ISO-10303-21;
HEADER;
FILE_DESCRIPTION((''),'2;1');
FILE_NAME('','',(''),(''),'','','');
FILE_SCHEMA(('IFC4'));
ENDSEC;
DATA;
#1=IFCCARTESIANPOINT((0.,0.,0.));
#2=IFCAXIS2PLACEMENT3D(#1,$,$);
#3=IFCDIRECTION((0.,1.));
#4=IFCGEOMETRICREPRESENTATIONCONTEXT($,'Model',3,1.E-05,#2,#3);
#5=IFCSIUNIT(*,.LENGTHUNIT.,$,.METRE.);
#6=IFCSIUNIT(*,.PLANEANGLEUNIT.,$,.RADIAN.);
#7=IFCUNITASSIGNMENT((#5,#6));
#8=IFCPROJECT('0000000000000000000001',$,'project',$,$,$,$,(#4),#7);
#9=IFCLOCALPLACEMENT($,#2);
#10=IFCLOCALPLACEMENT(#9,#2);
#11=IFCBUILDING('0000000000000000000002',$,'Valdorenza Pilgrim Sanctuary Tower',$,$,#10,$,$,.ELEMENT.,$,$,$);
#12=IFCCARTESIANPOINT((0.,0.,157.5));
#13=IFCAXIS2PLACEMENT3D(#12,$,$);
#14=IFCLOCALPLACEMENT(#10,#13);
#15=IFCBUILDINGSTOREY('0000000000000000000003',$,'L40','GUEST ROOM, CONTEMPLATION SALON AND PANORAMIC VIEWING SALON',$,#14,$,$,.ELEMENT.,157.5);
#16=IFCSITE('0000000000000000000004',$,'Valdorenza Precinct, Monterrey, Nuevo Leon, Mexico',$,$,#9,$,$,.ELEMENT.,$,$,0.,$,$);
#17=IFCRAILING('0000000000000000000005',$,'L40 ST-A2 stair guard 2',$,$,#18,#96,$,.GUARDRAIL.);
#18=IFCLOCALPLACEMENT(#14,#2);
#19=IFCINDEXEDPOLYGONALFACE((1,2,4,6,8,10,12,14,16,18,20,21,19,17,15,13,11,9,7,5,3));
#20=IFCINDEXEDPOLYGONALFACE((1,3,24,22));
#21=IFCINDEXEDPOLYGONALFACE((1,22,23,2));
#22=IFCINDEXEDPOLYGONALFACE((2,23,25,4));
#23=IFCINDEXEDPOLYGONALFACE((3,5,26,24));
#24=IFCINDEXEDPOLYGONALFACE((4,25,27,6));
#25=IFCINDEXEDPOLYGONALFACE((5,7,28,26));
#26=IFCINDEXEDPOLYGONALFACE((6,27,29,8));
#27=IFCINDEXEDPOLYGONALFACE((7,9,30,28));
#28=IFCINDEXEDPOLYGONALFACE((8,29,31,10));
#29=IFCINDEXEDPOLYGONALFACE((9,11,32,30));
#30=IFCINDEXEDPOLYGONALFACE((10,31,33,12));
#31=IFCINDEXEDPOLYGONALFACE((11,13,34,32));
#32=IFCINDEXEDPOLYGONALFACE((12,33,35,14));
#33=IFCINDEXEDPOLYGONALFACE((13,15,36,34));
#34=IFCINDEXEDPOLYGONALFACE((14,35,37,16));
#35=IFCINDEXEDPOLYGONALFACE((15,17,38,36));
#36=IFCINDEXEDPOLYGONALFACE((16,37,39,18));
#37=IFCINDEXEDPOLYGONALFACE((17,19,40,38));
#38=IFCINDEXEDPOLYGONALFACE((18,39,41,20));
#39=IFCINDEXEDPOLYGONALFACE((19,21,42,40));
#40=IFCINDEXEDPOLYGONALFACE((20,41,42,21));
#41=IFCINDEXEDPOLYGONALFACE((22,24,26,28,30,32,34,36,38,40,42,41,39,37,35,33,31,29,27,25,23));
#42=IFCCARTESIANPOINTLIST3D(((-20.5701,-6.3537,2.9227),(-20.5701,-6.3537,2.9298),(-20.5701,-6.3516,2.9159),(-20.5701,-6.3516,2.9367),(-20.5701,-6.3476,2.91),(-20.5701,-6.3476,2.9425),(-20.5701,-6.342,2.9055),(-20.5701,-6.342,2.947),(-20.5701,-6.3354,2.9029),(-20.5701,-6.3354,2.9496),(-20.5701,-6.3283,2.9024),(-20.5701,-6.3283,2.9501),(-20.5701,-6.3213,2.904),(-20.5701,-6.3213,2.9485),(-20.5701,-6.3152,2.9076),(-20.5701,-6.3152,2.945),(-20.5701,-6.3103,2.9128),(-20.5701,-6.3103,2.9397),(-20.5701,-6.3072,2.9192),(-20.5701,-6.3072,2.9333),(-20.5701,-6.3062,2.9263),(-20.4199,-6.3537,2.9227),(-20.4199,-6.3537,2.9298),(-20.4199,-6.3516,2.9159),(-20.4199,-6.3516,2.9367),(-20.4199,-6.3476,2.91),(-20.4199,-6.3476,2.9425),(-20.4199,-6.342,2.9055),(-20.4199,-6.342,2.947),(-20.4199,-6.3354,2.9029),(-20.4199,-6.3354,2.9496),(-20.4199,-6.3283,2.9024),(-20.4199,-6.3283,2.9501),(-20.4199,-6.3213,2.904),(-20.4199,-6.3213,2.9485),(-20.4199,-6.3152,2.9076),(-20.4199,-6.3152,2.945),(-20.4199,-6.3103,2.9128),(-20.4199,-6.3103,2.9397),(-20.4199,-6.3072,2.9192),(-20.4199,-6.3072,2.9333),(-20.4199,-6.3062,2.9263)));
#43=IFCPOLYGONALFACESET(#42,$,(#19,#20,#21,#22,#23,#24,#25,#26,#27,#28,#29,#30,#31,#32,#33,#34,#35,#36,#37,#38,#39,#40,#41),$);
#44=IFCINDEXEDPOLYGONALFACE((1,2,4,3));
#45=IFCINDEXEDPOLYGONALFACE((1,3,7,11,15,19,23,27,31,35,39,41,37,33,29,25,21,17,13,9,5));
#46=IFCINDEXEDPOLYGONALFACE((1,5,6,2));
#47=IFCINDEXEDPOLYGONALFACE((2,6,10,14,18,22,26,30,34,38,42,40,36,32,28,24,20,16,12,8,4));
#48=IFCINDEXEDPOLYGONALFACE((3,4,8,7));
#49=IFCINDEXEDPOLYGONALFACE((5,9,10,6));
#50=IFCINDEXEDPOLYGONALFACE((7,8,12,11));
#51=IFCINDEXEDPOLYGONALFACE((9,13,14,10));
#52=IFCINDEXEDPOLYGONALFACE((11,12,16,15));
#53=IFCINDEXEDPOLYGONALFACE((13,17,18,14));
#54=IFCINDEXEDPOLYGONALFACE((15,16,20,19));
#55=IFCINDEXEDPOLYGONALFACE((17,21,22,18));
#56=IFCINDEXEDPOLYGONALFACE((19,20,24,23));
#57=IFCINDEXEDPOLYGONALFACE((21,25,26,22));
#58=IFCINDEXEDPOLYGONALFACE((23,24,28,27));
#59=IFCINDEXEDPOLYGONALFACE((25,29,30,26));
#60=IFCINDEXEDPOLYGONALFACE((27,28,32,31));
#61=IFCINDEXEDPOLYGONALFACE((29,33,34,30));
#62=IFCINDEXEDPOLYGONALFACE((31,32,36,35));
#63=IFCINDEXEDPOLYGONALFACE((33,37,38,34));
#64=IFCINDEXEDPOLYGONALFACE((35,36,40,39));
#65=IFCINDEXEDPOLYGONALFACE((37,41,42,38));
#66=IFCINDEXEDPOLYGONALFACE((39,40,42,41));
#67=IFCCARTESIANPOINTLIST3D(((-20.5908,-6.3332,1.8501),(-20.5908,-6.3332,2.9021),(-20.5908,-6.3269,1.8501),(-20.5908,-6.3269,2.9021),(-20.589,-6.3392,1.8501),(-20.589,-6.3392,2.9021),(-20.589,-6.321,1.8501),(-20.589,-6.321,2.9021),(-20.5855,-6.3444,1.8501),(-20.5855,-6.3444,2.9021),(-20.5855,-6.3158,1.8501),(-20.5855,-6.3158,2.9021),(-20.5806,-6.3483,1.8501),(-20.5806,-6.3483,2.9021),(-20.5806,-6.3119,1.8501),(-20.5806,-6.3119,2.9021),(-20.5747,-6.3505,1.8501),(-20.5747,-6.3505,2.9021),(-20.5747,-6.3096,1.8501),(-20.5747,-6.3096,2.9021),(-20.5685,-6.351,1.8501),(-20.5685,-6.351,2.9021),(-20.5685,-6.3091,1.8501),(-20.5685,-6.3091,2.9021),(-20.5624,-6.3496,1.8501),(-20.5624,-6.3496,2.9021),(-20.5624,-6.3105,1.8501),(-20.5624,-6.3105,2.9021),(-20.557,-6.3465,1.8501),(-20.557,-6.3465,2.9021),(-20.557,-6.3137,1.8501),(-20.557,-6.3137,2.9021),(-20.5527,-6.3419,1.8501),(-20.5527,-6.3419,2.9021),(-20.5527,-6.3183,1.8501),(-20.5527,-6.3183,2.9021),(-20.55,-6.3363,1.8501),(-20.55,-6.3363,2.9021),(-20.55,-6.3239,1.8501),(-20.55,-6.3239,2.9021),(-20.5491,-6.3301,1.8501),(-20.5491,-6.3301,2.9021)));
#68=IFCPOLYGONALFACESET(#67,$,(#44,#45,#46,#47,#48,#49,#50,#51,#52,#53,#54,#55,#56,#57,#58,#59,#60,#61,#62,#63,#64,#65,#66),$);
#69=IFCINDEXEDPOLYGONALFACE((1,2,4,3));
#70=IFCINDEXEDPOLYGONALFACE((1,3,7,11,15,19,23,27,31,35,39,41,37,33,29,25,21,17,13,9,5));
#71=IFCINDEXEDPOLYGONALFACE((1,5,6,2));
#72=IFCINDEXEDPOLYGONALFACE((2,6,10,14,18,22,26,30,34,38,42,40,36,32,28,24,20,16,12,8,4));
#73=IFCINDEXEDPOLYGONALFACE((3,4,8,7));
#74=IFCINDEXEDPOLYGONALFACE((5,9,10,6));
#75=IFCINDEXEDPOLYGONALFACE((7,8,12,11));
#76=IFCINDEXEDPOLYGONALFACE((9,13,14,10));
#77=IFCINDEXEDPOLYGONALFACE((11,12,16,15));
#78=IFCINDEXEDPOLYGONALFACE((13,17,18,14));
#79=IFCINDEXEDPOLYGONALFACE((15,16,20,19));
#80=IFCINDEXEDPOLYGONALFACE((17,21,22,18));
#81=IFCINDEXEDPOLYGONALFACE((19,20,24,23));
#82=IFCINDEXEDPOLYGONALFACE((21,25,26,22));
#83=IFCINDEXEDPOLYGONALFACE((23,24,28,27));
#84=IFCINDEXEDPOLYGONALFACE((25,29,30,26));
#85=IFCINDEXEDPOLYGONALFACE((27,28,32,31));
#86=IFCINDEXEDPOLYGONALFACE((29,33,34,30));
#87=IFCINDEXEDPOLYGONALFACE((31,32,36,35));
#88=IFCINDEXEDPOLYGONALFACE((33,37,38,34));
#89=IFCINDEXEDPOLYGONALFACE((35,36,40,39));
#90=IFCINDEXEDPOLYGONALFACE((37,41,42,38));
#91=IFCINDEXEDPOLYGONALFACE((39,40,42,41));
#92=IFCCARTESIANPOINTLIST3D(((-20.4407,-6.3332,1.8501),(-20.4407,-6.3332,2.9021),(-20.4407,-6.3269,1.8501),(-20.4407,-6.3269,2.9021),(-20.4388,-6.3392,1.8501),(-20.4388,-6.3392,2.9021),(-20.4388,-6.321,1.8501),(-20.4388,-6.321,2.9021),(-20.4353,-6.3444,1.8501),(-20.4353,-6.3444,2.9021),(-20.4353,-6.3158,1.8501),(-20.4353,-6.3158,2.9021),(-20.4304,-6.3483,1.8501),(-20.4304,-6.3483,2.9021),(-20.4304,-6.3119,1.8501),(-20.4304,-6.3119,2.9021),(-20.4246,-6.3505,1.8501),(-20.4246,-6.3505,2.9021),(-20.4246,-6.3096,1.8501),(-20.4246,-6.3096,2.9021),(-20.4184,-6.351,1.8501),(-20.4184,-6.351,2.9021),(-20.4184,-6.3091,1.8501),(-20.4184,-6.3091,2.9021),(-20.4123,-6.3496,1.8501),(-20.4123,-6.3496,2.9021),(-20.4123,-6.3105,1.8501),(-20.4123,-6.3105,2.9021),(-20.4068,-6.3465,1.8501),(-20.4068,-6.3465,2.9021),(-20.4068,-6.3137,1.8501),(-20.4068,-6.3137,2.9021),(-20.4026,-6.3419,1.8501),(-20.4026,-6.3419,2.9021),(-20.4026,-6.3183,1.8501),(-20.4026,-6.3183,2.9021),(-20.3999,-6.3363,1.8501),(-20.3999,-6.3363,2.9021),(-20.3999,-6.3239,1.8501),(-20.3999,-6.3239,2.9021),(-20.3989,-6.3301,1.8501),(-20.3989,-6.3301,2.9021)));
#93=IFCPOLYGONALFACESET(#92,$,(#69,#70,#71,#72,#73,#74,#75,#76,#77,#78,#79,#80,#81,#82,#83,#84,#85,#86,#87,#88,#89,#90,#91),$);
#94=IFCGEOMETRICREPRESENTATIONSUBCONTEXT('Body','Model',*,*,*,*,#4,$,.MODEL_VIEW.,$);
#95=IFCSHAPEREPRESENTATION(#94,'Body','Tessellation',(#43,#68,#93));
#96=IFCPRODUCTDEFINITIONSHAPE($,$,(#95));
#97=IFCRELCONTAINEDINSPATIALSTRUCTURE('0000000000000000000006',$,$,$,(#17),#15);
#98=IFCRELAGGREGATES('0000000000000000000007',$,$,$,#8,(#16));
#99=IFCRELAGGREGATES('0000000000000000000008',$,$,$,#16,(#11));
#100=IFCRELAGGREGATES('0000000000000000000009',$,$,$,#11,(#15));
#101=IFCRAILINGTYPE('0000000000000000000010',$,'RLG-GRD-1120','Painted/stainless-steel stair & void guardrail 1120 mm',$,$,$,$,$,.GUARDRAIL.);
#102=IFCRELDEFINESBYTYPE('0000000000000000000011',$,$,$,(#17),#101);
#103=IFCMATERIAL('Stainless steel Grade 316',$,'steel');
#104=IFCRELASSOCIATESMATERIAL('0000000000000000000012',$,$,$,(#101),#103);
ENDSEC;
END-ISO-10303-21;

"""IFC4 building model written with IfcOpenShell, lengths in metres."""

from ifc_helpers import new_model, si_unit, direction, frame, origin, origin_2d, place, context, subcontext, project, spatial, circle, extrude, material, type_object, element, save


model = new_model("IFC4")

# Units and contexts
model_context = context("Model", 3, precision=1e-05, world=origin(), true_north=direction((0.0, 1.0)))
body_context = subcontext(model_context, "Body", "Model", "MODEL_VIEW")
ifc_project = project(units=[si_unit("LENGTHUNIT", "METRE"), si_unit("PLANEANGLEUNIT", "RADIAN")], contexts=[model_context])

# Site, building, storey
site_placement = place(None, origin())
site = spatial("IfcSite", under=ifc_project, at=site_placement, Name="Valdorenza Precinct, Monterrey, Nuevo Leon, Mexico", CompositionType="ELEMENT", RefElevation=0.0)
building_placement = place(site_placement, origin())
building = spatial("IfcBuilding", under=site, at=building_placement, Name="Valdorenza Pilgrim Sanctuary Tower", CompositionType="ELEMENT")
storey_placement = place(building_placement, frame((0.0, 0.0, 157.5)))
storey = spatial("IfcBuildingStorey", under=building, at=storey_placement, Name="L40", Description="GUEST ROOM, CONTEMPLATION SALON AND PANORAMIC VIEWING SALON", CompositionType="ELEMENT", Elevation=157.5)

# Railing
ifc_material_1 = material(Name="Stainless steel Grade 316", Category="steel")
railing_type_1 = type_object("IfcRailingType", Name="RLG-GRD-1120", Description="Painted/stainless-steel stair & void guardrail 1120 mm", PredefinedType="GUARDRAIL", material=ifc_material_1)
railing_1_placement = place(storey_placement, frame((-20.5701, -6.3301, 1.8501)))
element("IfcRailing", 1, at=railing_1_placement, inside=storey, type_object=railing_type_1, Name="L40 ST-A2 stair guard 2", PredefinedType="GUARDRAIL", context=body_context, shape_type="SweptSolid", body=[
    extrude(circle(Radius=0.0239, at=origin_2d()), frame((0.0, 0.0, 1.0762), z_axis=(1.0, 0.0, 0.0), x_axis=(0.0, 1.0, 0.0)), (0.0, 0.0, 1.0), 0.1501),
    extrude(circle(Radius=0.021, at=origin_2d()), origin(), (0.0, 0.0, 1.0), 1.052),
    extrude(circle(Radius=0.021, at=origin_2d()), frame((0.1501, 0.0, 0.0)), (0.0, 0.0, 1.0), 1.052),
])

save(model, "model.ifc")
